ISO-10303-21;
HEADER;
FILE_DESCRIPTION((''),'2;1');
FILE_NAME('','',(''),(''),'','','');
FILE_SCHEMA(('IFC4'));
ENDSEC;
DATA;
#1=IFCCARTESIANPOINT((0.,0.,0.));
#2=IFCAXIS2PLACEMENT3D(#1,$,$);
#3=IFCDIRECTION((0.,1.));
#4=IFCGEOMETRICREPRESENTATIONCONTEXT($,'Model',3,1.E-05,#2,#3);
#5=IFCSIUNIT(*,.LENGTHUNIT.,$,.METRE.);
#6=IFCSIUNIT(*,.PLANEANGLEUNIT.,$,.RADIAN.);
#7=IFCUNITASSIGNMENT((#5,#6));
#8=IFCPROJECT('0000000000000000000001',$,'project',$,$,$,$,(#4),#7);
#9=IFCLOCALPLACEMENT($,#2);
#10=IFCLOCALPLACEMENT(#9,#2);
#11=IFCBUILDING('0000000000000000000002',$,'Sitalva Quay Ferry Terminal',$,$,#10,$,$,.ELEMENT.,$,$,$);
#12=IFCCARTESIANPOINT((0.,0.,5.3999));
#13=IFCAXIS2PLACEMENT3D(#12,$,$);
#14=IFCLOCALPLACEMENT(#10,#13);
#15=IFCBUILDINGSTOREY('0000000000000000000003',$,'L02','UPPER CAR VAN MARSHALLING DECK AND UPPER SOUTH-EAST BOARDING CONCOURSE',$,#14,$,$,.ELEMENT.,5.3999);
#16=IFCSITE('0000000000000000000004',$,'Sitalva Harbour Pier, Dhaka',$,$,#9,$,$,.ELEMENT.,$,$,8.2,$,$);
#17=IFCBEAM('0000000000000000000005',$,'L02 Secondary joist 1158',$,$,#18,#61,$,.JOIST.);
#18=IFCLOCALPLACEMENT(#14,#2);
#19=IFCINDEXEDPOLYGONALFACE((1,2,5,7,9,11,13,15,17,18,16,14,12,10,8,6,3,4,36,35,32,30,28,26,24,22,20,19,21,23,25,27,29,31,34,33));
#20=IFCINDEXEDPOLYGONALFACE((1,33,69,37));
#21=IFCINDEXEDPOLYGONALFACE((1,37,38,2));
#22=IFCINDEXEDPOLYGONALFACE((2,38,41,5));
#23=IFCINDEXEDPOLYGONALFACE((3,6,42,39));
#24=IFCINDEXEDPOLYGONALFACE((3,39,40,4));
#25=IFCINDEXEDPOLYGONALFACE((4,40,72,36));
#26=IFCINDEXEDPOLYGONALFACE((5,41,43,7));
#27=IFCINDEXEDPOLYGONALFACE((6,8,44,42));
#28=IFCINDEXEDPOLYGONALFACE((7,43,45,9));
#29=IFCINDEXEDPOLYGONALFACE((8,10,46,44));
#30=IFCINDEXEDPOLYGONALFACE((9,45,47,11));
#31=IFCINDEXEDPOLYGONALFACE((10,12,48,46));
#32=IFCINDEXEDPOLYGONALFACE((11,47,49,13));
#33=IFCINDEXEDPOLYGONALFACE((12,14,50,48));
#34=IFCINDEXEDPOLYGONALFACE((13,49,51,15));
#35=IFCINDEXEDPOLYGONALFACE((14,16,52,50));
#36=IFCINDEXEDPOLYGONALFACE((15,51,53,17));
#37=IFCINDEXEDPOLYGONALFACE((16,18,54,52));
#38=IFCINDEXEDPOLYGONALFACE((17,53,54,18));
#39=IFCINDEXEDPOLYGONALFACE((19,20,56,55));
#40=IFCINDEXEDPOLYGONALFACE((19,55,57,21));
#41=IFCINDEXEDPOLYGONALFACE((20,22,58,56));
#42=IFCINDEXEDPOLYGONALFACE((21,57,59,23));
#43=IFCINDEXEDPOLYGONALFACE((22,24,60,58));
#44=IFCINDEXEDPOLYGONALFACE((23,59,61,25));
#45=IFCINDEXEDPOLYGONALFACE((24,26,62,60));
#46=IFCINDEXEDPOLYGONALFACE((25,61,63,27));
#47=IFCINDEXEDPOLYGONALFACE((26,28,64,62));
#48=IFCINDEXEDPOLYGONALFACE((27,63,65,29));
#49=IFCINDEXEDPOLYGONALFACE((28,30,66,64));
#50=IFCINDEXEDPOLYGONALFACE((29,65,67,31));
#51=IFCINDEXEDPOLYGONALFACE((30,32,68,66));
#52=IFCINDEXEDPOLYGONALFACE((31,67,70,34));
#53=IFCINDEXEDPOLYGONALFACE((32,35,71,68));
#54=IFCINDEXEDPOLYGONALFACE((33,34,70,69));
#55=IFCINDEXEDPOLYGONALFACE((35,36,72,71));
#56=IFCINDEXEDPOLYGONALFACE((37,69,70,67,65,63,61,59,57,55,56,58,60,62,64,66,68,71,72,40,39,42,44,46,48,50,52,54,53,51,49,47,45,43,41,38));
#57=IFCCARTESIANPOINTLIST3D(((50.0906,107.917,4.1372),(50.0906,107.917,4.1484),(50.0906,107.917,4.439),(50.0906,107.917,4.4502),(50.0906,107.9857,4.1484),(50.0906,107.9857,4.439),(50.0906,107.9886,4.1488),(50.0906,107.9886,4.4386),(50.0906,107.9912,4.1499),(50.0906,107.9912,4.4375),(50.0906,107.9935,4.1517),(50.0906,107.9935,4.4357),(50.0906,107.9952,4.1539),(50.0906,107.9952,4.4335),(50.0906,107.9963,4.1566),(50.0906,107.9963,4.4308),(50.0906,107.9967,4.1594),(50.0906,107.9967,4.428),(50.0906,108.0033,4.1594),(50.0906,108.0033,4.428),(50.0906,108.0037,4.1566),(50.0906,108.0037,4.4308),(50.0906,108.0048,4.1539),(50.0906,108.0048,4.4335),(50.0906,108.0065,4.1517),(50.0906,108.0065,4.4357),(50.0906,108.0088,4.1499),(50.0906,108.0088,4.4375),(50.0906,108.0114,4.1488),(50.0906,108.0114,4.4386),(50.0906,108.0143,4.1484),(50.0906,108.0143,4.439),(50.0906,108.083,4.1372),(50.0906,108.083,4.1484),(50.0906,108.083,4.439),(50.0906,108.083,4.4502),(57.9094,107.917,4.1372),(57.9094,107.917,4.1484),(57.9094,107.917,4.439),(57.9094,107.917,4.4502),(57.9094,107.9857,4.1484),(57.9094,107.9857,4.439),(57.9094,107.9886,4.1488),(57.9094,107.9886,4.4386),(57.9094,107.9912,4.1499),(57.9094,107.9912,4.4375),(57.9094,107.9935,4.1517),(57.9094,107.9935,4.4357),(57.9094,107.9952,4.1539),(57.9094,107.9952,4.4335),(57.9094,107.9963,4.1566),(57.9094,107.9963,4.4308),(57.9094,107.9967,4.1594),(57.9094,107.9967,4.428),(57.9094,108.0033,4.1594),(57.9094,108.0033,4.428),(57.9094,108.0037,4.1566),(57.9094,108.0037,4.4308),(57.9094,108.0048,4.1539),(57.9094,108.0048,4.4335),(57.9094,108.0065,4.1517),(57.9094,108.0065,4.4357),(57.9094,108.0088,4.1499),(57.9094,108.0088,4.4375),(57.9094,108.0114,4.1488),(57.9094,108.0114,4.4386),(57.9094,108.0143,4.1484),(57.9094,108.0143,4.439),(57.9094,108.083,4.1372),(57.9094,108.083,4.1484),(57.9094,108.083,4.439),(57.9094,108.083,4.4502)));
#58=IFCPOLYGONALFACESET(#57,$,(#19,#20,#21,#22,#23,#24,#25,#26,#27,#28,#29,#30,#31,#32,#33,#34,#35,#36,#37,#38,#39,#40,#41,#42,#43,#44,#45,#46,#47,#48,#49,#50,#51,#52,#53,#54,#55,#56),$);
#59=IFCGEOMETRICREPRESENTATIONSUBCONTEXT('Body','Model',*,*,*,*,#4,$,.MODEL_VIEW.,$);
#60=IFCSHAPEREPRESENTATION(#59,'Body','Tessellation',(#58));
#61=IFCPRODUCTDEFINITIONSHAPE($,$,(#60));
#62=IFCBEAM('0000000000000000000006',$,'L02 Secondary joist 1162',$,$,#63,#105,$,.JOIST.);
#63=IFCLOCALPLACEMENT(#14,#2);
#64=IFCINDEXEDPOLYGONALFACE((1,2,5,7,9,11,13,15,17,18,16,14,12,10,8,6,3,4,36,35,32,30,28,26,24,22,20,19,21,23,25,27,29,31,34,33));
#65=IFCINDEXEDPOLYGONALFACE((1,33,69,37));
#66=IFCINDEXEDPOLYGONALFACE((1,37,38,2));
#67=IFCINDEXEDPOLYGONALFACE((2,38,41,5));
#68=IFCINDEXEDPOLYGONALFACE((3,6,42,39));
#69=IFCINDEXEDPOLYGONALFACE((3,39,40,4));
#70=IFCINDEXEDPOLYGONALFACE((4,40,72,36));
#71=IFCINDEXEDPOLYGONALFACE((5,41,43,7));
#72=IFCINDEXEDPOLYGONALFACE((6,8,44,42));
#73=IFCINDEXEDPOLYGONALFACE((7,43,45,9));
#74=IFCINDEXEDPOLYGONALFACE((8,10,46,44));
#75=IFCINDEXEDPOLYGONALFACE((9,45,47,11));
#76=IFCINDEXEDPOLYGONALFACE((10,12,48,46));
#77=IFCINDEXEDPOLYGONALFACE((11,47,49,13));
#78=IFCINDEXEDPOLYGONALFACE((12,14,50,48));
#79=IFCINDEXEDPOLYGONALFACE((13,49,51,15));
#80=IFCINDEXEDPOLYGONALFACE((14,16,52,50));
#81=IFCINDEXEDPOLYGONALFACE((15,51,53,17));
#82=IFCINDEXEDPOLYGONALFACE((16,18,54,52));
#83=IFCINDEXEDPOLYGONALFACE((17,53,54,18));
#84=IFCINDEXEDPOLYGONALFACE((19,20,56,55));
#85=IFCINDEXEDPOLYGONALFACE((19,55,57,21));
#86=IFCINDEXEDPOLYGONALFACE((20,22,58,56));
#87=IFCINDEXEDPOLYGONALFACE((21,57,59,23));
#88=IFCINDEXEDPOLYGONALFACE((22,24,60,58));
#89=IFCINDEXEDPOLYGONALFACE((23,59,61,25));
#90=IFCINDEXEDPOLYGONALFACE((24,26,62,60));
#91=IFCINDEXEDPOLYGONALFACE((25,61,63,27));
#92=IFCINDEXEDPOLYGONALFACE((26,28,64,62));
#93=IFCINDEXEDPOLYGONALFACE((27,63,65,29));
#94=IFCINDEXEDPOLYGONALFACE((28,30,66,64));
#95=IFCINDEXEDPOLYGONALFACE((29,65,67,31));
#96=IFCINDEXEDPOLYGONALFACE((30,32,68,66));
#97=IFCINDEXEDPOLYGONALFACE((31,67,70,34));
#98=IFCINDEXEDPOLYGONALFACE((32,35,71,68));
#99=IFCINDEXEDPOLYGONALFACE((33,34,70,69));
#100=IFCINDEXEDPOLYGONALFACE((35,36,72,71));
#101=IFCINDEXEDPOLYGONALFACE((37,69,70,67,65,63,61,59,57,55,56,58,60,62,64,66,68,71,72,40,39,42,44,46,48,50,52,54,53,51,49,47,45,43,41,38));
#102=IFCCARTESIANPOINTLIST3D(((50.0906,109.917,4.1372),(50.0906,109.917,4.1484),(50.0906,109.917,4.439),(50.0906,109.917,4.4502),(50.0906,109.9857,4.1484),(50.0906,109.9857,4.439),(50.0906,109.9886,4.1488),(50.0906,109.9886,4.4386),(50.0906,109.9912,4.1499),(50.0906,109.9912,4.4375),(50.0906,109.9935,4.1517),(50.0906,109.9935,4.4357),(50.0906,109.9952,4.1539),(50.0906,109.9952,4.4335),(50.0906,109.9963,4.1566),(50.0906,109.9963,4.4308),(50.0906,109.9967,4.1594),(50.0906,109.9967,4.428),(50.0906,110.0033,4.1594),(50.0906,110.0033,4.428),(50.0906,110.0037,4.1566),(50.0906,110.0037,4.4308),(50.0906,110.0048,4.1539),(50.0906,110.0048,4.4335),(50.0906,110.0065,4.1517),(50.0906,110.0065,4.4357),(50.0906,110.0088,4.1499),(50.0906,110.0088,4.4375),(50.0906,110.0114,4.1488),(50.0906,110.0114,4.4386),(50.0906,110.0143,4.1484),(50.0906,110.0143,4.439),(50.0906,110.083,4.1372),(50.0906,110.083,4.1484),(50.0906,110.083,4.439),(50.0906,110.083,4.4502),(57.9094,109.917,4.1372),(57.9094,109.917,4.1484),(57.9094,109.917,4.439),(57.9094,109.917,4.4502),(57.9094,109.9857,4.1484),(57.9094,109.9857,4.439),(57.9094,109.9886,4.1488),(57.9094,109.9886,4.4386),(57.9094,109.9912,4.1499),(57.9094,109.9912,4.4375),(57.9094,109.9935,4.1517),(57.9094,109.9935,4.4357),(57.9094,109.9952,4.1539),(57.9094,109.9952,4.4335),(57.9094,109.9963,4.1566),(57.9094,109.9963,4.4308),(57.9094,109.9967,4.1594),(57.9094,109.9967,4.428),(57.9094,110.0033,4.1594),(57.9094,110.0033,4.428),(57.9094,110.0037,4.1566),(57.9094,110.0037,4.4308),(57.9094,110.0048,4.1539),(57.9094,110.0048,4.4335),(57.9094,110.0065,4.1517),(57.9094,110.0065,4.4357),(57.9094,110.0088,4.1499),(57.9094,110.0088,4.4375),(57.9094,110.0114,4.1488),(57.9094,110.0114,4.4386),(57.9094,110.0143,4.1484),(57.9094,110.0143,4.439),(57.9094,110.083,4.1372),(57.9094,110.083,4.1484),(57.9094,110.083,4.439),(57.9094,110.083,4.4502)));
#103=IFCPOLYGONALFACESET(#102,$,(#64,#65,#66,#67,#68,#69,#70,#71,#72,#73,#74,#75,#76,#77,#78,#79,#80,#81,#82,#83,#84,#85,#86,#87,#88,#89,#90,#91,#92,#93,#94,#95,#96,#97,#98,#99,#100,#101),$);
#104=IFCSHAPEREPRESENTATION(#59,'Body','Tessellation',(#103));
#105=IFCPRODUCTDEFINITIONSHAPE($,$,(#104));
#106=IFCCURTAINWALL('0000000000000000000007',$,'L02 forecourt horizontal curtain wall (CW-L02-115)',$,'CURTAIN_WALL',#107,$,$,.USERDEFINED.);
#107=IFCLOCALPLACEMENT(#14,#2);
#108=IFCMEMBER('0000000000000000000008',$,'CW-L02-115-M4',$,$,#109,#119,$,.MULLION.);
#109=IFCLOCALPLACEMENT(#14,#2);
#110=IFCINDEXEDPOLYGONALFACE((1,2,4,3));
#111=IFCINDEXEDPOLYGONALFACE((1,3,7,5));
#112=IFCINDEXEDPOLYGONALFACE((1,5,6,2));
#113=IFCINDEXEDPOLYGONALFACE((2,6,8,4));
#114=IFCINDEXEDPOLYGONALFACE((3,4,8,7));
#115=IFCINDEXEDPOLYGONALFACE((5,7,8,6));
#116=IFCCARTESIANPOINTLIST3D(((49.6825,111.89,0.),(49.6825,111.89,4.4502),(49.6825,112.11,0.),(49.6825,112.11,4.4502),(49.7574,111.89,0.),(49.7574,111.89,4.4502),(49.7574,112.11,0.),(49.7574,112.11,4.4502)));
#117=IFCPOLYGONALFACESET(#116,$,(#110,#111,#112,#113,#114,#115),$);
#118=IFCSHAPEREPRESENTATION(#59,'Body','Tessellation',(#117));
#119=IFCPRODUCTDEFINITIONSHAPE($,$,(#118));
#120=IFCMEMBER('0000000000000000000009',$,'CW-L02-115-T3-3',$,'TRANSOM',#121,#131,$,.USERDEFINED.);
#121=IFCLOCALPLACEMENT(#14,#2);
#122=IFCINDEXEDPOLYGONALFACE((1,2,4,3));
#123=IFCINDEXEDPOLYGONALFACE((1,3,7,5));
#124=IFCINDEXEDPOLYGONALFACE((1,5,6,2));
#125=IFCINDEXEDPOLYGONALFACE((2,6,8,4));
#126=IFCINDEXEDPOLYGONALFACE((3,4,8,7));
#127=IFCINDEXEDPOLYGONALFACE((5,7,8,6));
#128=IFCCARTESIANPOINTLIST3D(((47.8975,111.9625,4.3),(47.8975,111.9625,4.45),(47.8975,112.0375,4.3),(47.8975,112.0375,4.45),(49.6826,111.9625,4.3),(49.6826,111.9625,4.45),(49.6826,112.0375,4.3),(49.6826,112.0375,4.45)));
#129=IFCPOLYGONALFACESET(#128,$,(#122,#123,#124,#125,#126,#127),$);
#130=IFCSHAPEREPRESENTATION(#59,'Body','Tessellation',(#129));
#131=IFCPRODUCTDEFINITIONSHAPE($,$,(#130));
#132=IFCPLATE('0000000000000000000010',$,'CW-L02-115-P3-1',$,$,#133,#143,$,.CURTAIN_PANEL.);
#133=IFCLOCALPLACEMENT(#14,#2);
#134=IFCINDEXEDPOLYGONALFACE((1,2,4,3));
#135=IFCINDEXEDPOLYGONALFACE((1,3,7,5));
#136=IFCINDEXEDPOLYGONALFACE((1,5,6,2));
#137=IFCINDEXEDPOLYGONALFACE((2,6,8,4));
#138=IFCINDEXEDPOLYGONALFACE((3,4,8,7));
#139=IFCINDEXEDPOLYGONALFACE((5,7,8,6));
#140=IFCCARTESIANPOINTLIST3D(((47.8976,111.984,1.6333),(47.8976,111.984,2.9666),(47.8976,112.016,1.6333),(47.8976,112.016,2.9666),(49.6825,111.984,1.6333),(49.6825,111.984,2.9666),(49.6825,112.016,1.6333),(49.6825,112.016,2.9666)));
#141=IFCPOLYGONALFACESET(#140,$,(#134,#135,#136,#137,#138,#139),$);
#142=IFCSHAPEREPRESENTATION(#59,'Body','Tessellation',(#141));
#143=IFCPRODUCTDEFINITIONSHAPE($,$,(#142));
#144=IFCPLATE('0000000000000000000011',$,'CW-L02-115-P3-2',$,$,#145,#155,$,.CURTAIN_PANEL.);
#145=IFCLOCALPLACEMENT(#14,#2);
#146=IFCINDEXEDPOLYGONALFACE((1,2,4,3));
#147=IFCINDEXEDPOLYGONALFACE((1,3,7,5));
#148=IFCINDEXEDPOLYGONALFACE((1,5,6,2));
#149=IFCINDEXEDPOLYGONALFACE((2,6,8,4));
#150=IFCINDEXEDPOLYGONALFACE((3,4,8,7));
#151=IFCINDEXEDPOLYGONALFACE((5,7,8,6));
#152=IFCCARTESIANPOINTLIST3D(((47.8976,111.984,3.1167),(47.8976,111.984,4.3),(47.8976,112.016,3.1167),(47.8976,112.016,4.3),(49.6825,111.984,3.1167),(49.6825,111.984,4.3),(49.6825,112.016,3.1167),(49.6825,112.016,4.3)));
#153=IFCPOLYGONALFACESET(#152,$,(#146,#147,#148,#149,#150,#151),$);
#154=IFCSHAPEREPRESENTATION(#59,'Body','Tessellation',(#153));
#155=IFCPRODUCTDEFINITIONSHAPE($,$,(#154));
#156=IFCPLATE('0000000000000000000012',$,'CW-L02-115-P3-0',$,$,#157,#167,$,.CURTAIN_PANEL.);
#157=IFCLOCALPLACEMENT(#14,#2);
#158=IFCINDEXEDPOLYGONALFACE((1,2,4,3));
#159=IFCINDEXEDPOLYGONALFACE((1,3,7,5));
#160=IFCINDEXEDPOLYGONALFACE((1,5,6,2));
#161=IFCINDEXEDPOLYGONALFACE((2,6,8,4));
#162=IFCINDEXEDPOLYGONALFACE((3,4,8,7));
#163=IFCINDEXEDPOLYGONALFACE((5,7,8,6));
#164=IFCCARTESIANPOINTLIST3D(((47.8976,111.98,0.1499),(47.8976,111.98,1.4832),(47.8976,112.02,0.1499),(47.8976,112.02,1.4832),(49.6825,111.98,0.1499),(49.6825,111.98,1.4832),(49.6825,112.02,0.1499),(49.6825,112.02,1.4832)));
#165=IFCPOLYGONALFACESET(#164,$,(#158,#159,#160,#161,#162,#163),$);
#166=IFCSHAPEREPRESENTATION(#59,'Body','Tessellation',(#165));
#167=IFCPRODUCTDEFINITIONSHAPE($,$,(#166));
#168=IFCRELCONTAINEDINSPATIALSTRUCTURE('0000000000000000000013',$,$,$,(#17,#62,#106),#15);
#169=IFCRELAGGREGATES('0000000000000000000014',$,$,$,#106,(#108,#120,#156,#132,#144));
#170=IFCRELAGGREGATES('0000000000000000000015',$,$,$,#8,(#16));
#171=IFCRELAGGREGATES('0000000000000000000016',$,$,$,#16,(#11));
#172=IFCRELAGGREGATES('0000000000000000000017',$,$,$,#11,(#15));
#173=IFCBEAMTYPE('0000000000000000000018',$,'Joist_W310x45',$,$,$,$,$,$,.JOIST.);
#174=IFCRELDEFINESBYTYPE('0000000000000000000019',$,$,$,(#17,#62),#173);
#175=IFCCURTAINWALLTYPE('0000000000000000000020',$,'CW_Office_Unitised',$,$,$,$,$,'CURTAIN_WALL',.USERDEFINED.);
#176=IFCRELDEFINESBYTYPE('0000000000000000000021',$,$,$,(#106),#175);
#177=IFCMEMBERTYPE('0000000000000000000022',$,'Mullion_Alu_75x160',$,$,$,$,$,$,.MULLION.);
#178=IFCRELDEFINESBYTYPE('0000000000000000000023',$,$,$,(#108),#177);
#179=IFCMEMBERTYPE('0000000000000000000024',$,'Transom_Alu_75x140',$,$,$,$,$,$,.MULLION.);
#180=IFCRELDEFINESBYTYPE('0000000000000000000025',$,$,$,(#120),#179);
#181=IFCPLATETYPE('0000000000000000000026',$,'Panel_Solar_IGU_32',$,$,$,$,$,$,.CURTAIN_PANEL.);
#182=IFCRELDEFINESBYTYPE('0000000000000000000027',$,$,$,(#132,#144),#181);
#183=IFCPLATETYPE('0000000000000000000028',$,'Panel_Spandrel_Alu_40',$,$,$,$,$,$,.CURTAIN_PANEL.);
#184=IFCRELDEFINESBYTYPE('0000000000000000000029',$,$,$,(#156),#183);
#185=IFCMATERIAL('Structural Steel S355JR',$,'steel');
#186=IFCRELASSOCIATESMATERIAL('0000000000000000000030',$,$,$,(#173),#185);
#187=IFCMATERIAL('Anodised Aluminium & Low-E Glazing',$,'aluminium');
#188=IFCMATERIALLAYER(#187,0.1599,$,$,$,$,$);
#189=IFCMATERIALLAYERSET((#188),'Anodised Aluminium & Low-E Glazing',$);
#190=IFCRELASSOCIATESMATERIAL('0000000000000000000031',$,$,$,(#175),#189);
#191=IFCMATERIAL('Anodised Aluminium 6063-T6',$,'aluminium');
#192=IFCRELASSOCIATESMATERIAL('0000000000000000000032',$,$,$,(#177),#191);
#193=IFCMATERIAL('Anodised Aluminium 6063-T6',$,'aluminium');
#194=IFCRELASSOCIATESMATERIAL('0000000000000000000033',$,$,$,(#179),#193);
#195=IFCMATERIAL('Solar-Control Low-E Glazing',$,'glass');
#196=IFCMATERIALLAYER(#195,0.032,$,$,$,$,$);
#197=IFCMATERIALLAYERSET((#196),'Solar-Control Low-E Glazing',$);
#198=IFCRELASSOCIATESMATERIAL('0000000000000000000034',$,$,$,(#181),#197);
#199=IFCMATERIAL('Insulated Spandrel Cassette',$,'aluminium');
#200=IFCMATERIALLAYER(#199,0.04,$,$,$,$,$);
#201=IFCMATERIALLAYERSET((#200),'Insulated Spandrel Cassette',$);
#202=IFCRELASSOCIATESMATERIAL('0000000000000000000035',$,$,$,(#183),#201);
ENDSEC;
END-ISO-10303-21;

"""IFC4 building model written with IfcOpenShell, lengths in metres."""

from ifc_helpers import new_model, si_unit, direction, frame, origin, origin_2d, place, context, subcontext, project, spatial, rectangle, i_section, extrude, material, layer, layer_set, material_profile, profile_set, type_object, element, aggregate, save


model = new_model("IFC4")

# Units and contexts
model_context = context("Model", 3, precision=1e-05, world=origin(), true_north=direction((0.0, 1.0)))
body_context = subcontext(model_context, "Body", "Model", "MODEL_VIEW")
ifc_project = project(units=[si_unit("LENGTHUNIT", "METRE"), si_unit("PLANEANGLEUNIT", "RADIAN")], contexts=[model_context])

# Site, building, storey
site_placement = place(None, origin())
site = spatial("IfcSite", under=ifc_project, at=site_placement, Name="Sitalva Harbour Pier, Dhaka", CompositionType="ELEMENT", RefElevation=8.2)
building_placement = place(site_placement, origin())
building = spatial("IfcBuilding", under=site, at=building_placement, Name="Sitalva Quay Ferry Terminal", CompositionType="ELEMENT")
storey_placement = place(building_placement, frame((0.0, 0.0, 5.3999)))
storey = spatial("IfcBuildingStorey", under=building, at=storey_placement, Name="L02", Description="UPPER CAR VAN MARSHALLING DECK AND UPPER SOUTH-EAST BOARDING CONCOURSE", CompositionType="ELEMENT", Elevation=5.3999)

# Beams
ifc_material_1 = material(Name="Structural Steel S355JR", Category="steel")
ifc_material_profile_1 = material_profile(ifc_material_1, i_section(OverallWidth=0.166, OverallDepth=0.313, WebThickness=0.0066, FlangeThickness=0.0112, FilletRadius=0.011, at=origin_2d()), Name="W310x45")
ifc_profile_set_1 = profile_set([ifc_material_profile_1], Name="Structural Steel S355JR")
beam_type_1 = type_object("IfcBeamType", Name="Joist_W310x45", PredefinedType="JOIST", material=ifc_profile_set_1)
for number, where, z_axis, x_axis, name in (
    (1, (50.0906, 108.0, 4.2937), (1.0, 0.0, 0.0), (0.0, 1.0, 0.0), "L02 Secondary joist 1158"),
    (2, (50.0906, 110.0, 4.2937), (1.0, 0.0, 0.0), (0.0, 1.0, 0.0), "L02 Secondary joist 1162"),
):
    element("IfcBeam", number, at=place(storey_placement, frame(where, z_axis=z_axis, x_axis=x_axis)), inside=storey, type_object=beam_type_1, Name=name, PredefinedType="JOIST", context=body_context, shape_type="SweptSolid", body=[
        extrude(i_section(OverallWidth=0.166, OverallDepth=0.313, WebThickness=0.0066, FlangeThickness=0.0112, FilletRadius=0.011, at=origin_2d()), origin(), (0.0, 0.0, 1.0), 7.8188),
    ])

# Curtain wall, members, plates
ifc_material_2 = material(Name="Anodised Aluminium & Low-E Glazing", Category="aluminium")
ifc_layer_1 = layer(ifc_material_2, 0.1599)
ifc_layer_set_1 = layer_set([ifc_layer_1], Name="Anodised Aluminium & Low-E Glazing")
curtain_wall_type = type_object("IfcCurtainWallType", Name="CW_Office_Unitised", ElementType="CURTAIN_WALL", PredefinedType="USERDEFINED", material=ifc_layer_set_1)
curtain_wall_placement = place(storey_placement, origin())
curtain_wall = element("IfcCurtainWall", 3, at=curtain_wall_placement, inside=storey, type_object=curtain_wall_type, Name="L02 forecourt horizontal curtain wall (CW-L02-115)", ObjectType="CURTAIN_WALL", PredefinedType="USERDEFINED")
ifc_material_3 = material(Name="Anodised Aluminium 6063-T6", Category="aluminium")
ifc_material_profile_2 = material_profile(ifc_material_3, rectangle(XDim=0.075, YDim=0.22, at=origin_2d()), Name="ALU75x220")
ifc_profile_set_2 = profile_set([ifc_material_profile_2], Name="Anodised Aluminium 6063-T6")
member_type_1 = type_object("IfcMemberType", Name="Mullion_Alu_75x160", PredefinedType="MULLION", material=ifc_profile_set_2)
member_1_placement = place(storey_placement, frame((49.72, 112.0, 0.0), z_axis=(0.0, 0.0, 1.0), x_axis=(1.0, 0.0, 0.0)))
member_1 = element("IfcMember", 4, at=member_1_placement, type_object=member_type_1, Name="CW-L02-115-M4", PredefinedType="MULLION", context=body_context, shape_type="SweptSolid", body=[
    extrude(rectangle(XDim=0.075, YDim=0.22, at=origin_2d()), origin(), (0.0, 0.0, 1.0), 4.4502),
])
ifc_material_4 = material(Name="Anodised Aluminium 6063-T6", Category="aluminium")
ifc_material_profile_3 = material_profile(ifc_material_4, rectangle(XDim=0.075, YDim=0.1499, at=origin_2d()), Name="ALU75x150")
ifc_profile_set_3 = profile_set([ifc_material_profile_3], Name="Anodised Aluminium 6063-T6")
member_type_2 = type_object("IfcMemberType", Name="Transom_Alu_75x140", PredefinedType="MULLION", material=ifc_profile_set_3)
member_2_placement = place(storey_placement, frame((47.8975, 112.0, 4.375), z_axis=(1.0, 0.0, 0.0), x_axis=(0.0, 1.0, 0.0)))
member_2 = element("IfcMember", 5, at=member_2_placement, type_object=member_type_2, Name="CW-L02-115-T3-3", ObjectType="TRANSOM", PredefinedType="USERDEFINED", context=body_context, shape_type="SweptSolid", body=[
    extrude(rectangle(XDim=0.075, YDim=0.1499, at=origin_2d()), origin(), (0.0, 0.0, 1.0), 1.7852),
])
ifc_material_5 = material(Name="Solar-Control Low-E Glazing", Category="glass")
ifc_layer_2 = layer(ifc_material_5, 0.032)
ifc_layer_set_2 = layer_set([ifc_layer_2], Name="Solar-Control Low-E Glazing")
plate_type_1 = type_object("IfcPlateType", Name="Panel_Solar_IGU_32", PredefinedType="CURTAIN_PANEL", material=ifc_layer_set_2)
plate_1_placement = place(storey_placement, frame((48.79, 112.0, 1.6333), z_axis=(0.0, 0.0, 1.0), x_axis=(1.0, 0.0, 0.0)))
plate_1 = element("IfcPlate", 6, at=plate_1_placement, type_object=plate_type_1, Name="CW-L02-115-P3-1", PredefinedType="CURTAIN_PANEL", context=body_context, shape_type="SweptSolid", body=[
    extrude(rectangle(XDim=1.7849, YDim=0.032, at=origin_2d()), origin(), (0.0, 0.0, 1.0), 1.3333),
])
plate_2_placement = place(storey_placement, frame((48.79, 112.0, 3.1167), z_axis=(0.0, 0.0, 1.0), x_axis=(1.0, 0.0, 0.0)))
plate_2 = element("IfcPlate", 7, at=plate_2_placement, type_object=plate_type_1, Name="CW-L02-115-P3-2", PredefinedType="CURTAIN_PANEL", context=body_context, shape_type="SweptSolid", body=[
    extrude(rectangle(XDim=1.7849, YDim=0.032, at=origin_2d()), origin(), (0.0, 0.0, 1.0), 1.1833),
])
ifc_material_6 = material(Name="Insulated Spandrel Cassette", Category="aluminium")
ifc_layer_3 = layer(ifc_material_6, 0.04)
ifc_layer_set_3 = layer_set([ifc_layer_3], Name="Insulated Spandrel Cassette")
plate_type_2 = type_object("IfcPlateType", Name="Panel_Spandrel_Alu_40", PredefinedType="CURTAIN_PANEL", material=ifc_layer_set_3)
plate_3_placement = place(storey_placement, frame((48.79, 112.0, 0.1499), z_axis=(0.0, 0.0, 1.0), x_axis=(1.0, 0.0, 0.0)))
plate_3 = element("IfcPlate", 8, at=plate_3_placement, type_object=plate_type_2, Name="CW-L02-115-P3-0", PredefinedType="CURTAIN_PANEL", context=body_context, shape_type="SweptSolid", body=[
    extrude(rectangle(XDim=1.7849, YDim=0.04, at=origin_2d()), origin(), (0.0, 0.0, 1.0), 1.3333),
])
aggregate(curtain_wall, [member_1, member_2, plate_3, plate_1, plate_2])

save(model, "model.ifc")
